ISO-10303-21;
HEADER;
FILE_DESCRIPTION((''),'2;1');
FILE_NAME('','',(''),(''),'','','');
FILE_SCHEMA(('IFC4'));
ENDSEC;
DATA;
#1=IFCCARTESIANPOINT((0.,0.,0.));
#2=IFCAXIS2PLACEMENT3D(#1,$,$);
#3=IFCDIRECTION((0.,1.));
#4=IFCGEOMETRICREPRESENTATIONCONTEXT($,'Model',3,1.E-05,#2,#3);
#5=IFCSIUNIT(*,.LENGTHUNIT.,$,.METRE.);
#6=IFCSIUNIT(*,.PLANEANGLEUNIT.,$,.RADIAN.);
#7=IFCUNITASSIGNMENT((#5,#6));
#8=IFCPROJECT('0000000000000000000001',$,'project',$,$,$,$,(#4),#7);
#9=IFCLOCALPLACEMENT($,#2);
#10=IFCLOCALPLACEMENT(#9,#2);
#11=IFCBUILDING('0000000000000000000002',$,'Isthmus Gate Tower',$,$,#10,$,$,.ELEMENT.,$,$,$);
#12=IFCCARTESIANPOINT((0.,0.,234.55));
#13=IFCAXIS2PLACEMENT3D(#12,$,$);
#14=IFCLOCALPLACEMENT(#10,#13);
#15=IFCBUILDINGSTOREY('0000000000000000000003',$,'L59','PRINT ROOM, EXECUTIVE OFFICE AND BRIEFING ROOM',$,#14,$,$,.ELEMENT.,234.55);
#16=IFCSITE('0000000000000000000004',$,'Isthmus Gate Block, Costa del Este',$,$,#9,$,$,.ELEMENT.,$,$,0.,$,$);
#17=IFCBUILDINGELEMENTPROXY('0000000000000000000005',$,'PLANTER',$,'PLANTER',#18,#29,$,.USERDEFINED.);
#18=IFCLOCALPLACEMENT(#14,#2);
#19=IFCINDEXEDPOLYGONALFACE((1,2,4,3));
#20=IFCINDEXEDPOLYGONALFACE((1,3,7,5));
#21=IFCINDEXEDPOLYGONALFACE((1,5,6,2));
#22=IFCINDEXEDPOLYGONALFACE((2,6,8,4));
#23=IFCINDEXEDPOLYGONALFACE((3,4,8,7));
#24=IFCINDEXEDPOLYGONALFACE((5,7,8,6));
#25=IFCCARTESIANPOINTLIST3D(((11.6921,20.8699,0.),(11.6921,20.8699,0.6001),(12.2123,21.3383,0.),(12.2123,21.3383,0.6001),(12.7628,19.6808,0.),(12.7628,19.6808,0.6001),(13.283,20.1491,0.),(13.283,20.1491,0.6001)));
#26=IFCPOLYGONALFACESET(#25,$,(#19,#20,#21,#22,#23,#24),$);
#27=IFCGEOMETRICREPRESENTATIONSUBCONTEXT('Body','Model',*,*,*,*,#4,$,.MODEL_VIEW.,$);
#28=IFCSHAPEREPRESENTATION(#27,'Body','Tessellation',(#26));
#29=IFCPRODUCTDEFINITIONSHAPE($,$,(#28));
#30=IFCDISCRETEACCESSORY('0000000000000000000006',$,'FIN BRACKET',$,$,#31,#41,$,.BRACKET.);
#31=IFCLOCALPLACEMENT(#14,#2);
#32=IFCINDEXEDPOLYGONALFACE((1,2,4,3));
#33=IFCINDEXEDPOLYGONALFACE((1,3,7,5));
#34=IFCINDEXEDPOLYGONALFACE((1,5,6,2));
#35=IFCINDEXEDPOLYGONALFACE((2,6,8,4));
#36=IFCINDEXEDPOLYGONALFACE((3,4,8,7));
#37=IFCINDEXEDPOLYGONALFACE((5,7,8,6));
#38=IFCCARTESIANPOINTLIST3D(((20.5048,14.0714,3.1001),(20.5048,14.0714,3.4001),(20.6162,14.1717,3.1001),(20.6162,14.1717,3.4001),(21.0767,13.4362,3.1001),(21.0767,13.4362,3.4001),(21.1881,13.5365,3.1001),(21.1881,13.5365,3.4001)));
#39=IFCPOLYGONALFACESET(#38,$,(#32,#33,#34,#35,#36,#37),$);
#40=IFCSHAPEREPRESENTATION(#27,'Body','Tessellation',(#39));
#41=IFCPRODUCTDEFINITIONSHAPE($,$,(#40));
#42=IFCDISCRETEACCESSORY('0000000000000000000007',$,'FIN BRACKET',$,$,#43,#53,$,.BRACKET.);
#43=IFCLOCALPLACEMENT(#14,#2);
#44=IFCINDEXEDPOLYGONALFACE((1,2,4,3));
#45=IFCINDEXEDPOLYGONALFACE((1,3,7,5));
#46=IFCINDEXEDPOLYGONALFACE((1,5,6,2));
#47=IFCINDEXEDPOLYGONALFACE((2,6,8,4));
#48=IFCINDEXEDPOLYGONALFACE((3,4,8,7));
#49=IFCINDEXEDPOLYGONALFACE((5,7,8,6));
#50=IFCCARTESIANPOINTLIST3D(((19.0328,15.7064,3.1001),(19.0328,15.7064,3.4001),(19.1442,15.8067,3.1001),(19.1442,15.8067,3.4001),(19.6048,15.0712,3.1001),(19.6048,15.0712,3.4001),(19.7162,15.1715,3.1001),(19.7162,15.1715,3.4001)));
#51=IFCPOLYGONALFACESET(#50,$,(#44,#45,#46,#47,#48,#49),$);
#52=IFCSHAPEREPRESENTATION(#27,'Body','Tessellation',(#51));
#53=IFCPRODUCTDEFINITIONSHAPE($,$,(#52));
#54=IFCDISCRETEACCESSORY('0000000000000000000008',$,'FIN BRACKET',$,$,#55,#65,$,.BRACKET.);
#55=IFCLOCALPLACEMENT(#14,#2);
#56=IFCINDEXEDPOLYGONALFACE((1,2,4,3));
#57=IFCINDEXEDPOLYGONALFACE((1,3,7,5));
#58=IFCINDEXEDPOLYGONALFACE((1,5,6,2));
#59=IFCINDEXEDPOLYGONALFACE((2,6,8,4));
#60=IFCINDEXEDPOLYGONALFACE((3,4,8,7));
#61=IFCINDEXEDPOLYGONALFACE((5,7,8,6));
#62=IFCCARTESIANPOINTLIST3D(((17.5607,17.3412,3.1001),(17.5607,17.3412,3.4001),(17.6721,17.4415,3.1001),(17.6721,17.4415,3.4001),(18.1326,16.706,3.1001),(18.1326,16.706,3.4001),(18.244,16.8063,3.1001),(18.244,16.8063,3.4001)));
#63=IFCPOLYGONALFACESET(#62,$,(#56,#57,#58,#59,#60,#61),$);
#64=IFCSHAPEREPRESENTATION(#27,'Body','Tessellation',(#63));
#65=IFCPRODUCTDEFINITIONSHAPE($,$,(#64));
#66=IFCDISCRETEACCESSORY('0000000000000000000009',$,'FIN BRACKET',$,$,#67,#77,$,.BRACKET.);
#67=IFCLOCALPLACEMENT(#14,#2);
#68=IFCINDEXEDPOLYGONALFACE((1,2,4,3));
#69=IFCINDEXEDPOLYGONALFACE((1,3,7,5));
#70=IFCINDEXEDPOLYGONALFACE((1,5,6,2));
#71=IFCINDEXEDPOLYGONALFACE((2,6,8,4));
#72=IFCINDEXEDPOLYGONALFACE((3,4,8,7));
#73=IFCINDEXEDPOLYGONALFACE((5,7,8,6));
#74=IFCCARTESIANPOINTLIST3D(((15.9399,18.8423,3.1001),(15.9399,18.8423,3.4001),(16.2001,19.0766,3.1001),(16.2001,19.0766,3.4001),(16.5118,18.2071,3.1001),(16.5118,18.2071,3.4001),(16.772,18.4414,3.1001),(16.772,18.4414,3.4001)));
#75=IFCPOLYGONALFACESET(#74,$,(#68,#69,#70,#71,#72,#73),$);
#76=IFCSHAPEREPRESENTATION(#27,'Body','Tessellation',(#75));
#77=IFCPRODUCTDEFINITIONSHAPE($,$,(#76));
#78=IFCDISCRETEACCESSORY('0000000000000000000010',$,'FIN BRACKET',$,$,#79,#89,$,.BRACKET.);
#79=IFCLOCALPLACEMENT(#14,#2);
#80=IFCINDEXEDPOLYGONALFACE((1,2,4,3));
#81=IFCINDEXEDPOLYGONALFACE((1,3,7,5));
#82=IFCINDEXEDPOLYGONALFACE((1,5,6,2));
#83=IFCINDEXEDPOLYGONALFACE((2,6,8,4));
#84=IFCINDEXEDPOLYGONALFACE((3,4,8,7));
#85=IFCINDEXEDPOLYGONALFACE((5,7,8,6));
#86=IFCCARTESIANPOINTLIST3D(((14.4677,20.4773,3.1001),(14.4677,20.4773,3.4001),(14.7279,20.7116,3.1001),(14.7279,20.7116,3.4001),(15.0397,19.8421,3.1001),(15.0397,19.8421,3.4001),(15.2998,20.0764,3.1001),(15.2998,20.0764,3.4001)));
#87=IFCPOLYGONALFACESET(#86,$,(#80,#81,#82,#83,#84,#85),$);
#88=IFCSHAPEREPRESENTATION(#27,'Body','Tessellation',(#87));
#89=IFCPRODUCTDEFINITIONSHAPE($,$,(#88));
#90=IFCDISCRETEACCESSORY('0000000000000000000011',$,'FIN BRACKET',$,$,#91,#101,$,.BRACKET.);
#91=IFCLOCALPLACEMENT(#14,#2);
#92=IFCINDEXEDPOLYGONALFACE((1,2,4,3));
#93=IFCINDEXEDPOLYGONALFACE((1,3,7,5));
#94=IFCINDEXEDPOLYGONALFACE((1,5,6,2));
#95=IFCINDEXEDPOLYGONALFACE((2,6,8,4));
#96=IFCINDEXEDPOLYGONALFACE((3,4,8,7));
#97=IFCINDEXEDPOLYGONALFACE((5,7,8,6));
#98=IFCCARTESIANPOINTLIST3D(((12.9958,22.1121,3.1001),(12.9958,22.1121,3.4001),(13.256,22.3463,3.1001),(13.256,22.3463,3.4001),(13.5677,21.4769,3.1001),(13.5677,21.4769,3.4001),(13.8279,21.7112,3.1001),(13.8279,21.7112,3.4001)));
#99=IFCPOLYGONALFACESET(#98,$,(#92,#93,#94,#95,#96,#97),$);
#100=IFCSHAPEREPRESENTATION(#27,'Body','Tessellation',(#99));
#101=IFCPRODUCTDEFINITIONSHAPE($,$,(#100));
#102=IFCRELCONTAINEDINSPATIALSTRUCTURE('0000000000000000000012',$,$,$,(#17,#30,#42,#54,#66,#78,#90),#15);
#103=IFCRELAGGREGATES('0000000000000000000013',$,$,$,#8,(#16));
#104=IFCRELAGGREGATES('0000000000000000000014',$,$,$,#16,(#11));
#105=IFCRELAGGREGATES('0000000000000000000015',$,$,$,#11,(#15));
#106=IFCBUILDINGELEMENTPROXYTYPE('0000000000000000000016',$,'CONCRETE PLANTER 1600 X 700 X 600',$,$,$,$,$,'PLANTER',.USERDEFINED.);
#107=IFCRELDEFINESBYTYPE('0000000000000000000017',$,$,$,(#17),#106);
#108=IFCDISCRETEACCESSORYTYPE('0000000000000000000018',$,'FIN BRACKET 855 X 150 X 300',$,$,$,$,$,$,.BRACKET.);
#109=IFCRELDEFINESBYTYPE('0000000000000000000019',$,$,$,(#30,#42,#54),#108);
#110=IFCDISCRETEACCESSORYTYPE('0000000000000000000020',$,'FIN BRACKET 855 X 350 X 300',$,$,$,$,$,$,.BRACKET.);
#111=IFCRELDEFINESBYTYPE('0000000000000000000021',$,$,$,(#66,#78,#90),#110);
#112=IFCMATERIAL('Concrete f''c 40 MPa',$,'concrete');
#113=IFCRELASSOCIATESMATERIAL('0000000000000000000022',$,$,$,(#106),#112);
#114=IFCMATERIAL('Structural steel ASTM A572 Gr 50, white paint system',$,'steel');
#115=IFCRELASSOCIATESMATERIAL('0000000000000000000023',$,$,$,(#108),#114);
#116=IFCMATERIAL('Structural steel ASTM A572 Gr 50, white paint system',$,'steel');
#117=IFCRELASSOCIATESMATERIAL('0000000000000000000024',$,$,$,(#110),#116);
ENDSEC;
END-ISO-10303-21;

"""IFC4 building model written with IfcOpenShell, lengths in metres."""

from ifc_helpers import new_model, si_unit, direction, frame, origin, origin_2d, place, context, subcontext, project, spatial, rectangle, extrude, material, type_object, element, save


model = new_model("IFC4")

# Units and contexts
model_context = context("Model", 3, precision=1e-05, world=origin(), true_north=direction((0.0, 1.0)))
body_context = subcontext(model_context, "Body", "Model", "MODEL_VIEW")
ifc_project = project(units=[si_unit("LENGTHUNIT", "METRE"), si_unit("PLANEANGLEUNIT", "RADIAN")], contexts=[model_context])

# Site, building, storey
site_placement = place(None, origin())
site = spatial("IfcSite", under=ifc_project, at=site_placement, Name="Isthmus Gate Block, Costa del Este", CompositionType="ELEMENT", RefElevation=0.0)
building_placement = place(site_placement, origin())
building = spatial("IfcBuilding", under=site, at=building_placement, Name="Isthmus Gate Tower", CompositionType="ELEMENT")
storey_placement = place(building_placement, frame((0.0, 0.0, 234.55)))
storey = spatial("IfcBuildingStorey", under=building, at=storey_placement, Name="L59", Description="PRINT ROOM, EXECUTIVE OFFICE AND BRIEFING ROOM", CompositionType="ELEMENT", Elevation=234.55)

# Building element proxy
ifc_material_1 = material(Name="Concrete f'c 40 MPa", Category="concrete")
building_element_proxy_type = type_object("IfcBuildingElementProxyType", Name="CONCRETE PLANTER 1600 X 700 X 600", ElementType="PLANTER", PredefinedType="USERDEFINED", material=ifc_material_1)
for number, where, z_axis, x_axis, name in (
    (1, (12.4875, 20.5095, 0.0), (0.0, 0.0, 1.0), (-0.669131, 0.743145, 0.0), "PLANTER"),
):
    element("IfcBuildingElementProxy", number, at=place(storey_placement, frame(where, z_axis=z_axis, x_axis=x_axis)), inside=storey, type_object=building_element_proxy_type, Name=name, ObjectType="PLANTER", PredefinedType="USERDEFINED", context=body_context, shape_type="SweptSolid", body=[
        extrude(rectangle(XDim=1.6001, YDim=0.7, at=origin_2d()), origin(), (0.0, 0.0, 1.0), 0.6001),
    ])

# Discrete accessories
ifc_material_2 = material(Name="Structural steel ASTM A572 Gr 50, white paint system", Category="steel")
discrete_accessory_type_1 = type_object("IfcDiscreteAccessoryType", Name="FIN BRACKET 855 X 150 X 300", PredefinedType="BRACKET", material=ifc_material_2)
for number, where, z_axis, x_axis, name in (
    (2, (20.8464, 13.804, 3.1001), (0.0, 0.0, 1.0), (0.743145, 0.669131, 0.0), "FIN BRACKET"),
    (3, (19.3745, 15.439, 3.1001), (0.0, 0.0, 1.0), (0.743145, 0.669131, 0.0), "FIN BRACKET"),
    (4, (17.9023, 17.0737, 3.1001), (0.0, 0.0, 1.0), (0.743145, 0.669131, 0.0), "FIN BRACKET"),
):
    element("IfcDiscreteAccessory", number, at=place(storey_placement, frame(where, z_axis=z_axis, x_axis=x_axis)), inside=storey, type_object=discrete_accessory_type_1, Name=name, PredefinedType="BRACKET", context=body_context, shape_type="SweptSolid", body=[
        extrude(rectangle(XDim=0.1499, YDim=0.8547, at=origin_2d()), origin(), (0.0, 0.0, 1.0), 0.3),
    ])
ifc_material_3 = material(Name="Structural steel ASTM A572 Gr 50, white paint system", Category="steel")
discrete_accessory_type_2 = type_object("IfcDiscreteAccessoryType", Name="FIN BRACKET 855 X 350 X 300", PredefinedType="BRACKET", material=ifc_material_3)
for number, where, z_axis, x_axis, name in (
    (5, (16.356, 18.6418, 3.1001), (0.0, 0.0, 1.0), (0.743145, 0.669131, 0.0), "FIN BRACKET"),
    (6, (14.8838, 20.2769, 3.1001), (0.0, 0.0, 1.0), (0.743145, 0.669131, 0.0), "FIN BRACKET"),
    (7, (13.4119, 21.9116, 3.1001), (0.0, 0.0, 1.0), (0.743145, 0.669131, 0.0), "FIN BRACKET"),
):
    element("IfcDiscreteAccessory", number, at=place(storey_placement, frame(where, z_axis=z_axis, x_axis=x_axis)), inside=storey, type_object=discrete_accessory_type_2, Name=name, PredefinedType="BRACKET", context=body_context, shape_type="SweptSolid", body=[
        extrude(rectangle(XDim=0.3501, YDim=0.8547, at=origin_2d()), origin(), (0.0, 0.0, 1.0), 0.3),
    ])

save(model, "model.ifc")
